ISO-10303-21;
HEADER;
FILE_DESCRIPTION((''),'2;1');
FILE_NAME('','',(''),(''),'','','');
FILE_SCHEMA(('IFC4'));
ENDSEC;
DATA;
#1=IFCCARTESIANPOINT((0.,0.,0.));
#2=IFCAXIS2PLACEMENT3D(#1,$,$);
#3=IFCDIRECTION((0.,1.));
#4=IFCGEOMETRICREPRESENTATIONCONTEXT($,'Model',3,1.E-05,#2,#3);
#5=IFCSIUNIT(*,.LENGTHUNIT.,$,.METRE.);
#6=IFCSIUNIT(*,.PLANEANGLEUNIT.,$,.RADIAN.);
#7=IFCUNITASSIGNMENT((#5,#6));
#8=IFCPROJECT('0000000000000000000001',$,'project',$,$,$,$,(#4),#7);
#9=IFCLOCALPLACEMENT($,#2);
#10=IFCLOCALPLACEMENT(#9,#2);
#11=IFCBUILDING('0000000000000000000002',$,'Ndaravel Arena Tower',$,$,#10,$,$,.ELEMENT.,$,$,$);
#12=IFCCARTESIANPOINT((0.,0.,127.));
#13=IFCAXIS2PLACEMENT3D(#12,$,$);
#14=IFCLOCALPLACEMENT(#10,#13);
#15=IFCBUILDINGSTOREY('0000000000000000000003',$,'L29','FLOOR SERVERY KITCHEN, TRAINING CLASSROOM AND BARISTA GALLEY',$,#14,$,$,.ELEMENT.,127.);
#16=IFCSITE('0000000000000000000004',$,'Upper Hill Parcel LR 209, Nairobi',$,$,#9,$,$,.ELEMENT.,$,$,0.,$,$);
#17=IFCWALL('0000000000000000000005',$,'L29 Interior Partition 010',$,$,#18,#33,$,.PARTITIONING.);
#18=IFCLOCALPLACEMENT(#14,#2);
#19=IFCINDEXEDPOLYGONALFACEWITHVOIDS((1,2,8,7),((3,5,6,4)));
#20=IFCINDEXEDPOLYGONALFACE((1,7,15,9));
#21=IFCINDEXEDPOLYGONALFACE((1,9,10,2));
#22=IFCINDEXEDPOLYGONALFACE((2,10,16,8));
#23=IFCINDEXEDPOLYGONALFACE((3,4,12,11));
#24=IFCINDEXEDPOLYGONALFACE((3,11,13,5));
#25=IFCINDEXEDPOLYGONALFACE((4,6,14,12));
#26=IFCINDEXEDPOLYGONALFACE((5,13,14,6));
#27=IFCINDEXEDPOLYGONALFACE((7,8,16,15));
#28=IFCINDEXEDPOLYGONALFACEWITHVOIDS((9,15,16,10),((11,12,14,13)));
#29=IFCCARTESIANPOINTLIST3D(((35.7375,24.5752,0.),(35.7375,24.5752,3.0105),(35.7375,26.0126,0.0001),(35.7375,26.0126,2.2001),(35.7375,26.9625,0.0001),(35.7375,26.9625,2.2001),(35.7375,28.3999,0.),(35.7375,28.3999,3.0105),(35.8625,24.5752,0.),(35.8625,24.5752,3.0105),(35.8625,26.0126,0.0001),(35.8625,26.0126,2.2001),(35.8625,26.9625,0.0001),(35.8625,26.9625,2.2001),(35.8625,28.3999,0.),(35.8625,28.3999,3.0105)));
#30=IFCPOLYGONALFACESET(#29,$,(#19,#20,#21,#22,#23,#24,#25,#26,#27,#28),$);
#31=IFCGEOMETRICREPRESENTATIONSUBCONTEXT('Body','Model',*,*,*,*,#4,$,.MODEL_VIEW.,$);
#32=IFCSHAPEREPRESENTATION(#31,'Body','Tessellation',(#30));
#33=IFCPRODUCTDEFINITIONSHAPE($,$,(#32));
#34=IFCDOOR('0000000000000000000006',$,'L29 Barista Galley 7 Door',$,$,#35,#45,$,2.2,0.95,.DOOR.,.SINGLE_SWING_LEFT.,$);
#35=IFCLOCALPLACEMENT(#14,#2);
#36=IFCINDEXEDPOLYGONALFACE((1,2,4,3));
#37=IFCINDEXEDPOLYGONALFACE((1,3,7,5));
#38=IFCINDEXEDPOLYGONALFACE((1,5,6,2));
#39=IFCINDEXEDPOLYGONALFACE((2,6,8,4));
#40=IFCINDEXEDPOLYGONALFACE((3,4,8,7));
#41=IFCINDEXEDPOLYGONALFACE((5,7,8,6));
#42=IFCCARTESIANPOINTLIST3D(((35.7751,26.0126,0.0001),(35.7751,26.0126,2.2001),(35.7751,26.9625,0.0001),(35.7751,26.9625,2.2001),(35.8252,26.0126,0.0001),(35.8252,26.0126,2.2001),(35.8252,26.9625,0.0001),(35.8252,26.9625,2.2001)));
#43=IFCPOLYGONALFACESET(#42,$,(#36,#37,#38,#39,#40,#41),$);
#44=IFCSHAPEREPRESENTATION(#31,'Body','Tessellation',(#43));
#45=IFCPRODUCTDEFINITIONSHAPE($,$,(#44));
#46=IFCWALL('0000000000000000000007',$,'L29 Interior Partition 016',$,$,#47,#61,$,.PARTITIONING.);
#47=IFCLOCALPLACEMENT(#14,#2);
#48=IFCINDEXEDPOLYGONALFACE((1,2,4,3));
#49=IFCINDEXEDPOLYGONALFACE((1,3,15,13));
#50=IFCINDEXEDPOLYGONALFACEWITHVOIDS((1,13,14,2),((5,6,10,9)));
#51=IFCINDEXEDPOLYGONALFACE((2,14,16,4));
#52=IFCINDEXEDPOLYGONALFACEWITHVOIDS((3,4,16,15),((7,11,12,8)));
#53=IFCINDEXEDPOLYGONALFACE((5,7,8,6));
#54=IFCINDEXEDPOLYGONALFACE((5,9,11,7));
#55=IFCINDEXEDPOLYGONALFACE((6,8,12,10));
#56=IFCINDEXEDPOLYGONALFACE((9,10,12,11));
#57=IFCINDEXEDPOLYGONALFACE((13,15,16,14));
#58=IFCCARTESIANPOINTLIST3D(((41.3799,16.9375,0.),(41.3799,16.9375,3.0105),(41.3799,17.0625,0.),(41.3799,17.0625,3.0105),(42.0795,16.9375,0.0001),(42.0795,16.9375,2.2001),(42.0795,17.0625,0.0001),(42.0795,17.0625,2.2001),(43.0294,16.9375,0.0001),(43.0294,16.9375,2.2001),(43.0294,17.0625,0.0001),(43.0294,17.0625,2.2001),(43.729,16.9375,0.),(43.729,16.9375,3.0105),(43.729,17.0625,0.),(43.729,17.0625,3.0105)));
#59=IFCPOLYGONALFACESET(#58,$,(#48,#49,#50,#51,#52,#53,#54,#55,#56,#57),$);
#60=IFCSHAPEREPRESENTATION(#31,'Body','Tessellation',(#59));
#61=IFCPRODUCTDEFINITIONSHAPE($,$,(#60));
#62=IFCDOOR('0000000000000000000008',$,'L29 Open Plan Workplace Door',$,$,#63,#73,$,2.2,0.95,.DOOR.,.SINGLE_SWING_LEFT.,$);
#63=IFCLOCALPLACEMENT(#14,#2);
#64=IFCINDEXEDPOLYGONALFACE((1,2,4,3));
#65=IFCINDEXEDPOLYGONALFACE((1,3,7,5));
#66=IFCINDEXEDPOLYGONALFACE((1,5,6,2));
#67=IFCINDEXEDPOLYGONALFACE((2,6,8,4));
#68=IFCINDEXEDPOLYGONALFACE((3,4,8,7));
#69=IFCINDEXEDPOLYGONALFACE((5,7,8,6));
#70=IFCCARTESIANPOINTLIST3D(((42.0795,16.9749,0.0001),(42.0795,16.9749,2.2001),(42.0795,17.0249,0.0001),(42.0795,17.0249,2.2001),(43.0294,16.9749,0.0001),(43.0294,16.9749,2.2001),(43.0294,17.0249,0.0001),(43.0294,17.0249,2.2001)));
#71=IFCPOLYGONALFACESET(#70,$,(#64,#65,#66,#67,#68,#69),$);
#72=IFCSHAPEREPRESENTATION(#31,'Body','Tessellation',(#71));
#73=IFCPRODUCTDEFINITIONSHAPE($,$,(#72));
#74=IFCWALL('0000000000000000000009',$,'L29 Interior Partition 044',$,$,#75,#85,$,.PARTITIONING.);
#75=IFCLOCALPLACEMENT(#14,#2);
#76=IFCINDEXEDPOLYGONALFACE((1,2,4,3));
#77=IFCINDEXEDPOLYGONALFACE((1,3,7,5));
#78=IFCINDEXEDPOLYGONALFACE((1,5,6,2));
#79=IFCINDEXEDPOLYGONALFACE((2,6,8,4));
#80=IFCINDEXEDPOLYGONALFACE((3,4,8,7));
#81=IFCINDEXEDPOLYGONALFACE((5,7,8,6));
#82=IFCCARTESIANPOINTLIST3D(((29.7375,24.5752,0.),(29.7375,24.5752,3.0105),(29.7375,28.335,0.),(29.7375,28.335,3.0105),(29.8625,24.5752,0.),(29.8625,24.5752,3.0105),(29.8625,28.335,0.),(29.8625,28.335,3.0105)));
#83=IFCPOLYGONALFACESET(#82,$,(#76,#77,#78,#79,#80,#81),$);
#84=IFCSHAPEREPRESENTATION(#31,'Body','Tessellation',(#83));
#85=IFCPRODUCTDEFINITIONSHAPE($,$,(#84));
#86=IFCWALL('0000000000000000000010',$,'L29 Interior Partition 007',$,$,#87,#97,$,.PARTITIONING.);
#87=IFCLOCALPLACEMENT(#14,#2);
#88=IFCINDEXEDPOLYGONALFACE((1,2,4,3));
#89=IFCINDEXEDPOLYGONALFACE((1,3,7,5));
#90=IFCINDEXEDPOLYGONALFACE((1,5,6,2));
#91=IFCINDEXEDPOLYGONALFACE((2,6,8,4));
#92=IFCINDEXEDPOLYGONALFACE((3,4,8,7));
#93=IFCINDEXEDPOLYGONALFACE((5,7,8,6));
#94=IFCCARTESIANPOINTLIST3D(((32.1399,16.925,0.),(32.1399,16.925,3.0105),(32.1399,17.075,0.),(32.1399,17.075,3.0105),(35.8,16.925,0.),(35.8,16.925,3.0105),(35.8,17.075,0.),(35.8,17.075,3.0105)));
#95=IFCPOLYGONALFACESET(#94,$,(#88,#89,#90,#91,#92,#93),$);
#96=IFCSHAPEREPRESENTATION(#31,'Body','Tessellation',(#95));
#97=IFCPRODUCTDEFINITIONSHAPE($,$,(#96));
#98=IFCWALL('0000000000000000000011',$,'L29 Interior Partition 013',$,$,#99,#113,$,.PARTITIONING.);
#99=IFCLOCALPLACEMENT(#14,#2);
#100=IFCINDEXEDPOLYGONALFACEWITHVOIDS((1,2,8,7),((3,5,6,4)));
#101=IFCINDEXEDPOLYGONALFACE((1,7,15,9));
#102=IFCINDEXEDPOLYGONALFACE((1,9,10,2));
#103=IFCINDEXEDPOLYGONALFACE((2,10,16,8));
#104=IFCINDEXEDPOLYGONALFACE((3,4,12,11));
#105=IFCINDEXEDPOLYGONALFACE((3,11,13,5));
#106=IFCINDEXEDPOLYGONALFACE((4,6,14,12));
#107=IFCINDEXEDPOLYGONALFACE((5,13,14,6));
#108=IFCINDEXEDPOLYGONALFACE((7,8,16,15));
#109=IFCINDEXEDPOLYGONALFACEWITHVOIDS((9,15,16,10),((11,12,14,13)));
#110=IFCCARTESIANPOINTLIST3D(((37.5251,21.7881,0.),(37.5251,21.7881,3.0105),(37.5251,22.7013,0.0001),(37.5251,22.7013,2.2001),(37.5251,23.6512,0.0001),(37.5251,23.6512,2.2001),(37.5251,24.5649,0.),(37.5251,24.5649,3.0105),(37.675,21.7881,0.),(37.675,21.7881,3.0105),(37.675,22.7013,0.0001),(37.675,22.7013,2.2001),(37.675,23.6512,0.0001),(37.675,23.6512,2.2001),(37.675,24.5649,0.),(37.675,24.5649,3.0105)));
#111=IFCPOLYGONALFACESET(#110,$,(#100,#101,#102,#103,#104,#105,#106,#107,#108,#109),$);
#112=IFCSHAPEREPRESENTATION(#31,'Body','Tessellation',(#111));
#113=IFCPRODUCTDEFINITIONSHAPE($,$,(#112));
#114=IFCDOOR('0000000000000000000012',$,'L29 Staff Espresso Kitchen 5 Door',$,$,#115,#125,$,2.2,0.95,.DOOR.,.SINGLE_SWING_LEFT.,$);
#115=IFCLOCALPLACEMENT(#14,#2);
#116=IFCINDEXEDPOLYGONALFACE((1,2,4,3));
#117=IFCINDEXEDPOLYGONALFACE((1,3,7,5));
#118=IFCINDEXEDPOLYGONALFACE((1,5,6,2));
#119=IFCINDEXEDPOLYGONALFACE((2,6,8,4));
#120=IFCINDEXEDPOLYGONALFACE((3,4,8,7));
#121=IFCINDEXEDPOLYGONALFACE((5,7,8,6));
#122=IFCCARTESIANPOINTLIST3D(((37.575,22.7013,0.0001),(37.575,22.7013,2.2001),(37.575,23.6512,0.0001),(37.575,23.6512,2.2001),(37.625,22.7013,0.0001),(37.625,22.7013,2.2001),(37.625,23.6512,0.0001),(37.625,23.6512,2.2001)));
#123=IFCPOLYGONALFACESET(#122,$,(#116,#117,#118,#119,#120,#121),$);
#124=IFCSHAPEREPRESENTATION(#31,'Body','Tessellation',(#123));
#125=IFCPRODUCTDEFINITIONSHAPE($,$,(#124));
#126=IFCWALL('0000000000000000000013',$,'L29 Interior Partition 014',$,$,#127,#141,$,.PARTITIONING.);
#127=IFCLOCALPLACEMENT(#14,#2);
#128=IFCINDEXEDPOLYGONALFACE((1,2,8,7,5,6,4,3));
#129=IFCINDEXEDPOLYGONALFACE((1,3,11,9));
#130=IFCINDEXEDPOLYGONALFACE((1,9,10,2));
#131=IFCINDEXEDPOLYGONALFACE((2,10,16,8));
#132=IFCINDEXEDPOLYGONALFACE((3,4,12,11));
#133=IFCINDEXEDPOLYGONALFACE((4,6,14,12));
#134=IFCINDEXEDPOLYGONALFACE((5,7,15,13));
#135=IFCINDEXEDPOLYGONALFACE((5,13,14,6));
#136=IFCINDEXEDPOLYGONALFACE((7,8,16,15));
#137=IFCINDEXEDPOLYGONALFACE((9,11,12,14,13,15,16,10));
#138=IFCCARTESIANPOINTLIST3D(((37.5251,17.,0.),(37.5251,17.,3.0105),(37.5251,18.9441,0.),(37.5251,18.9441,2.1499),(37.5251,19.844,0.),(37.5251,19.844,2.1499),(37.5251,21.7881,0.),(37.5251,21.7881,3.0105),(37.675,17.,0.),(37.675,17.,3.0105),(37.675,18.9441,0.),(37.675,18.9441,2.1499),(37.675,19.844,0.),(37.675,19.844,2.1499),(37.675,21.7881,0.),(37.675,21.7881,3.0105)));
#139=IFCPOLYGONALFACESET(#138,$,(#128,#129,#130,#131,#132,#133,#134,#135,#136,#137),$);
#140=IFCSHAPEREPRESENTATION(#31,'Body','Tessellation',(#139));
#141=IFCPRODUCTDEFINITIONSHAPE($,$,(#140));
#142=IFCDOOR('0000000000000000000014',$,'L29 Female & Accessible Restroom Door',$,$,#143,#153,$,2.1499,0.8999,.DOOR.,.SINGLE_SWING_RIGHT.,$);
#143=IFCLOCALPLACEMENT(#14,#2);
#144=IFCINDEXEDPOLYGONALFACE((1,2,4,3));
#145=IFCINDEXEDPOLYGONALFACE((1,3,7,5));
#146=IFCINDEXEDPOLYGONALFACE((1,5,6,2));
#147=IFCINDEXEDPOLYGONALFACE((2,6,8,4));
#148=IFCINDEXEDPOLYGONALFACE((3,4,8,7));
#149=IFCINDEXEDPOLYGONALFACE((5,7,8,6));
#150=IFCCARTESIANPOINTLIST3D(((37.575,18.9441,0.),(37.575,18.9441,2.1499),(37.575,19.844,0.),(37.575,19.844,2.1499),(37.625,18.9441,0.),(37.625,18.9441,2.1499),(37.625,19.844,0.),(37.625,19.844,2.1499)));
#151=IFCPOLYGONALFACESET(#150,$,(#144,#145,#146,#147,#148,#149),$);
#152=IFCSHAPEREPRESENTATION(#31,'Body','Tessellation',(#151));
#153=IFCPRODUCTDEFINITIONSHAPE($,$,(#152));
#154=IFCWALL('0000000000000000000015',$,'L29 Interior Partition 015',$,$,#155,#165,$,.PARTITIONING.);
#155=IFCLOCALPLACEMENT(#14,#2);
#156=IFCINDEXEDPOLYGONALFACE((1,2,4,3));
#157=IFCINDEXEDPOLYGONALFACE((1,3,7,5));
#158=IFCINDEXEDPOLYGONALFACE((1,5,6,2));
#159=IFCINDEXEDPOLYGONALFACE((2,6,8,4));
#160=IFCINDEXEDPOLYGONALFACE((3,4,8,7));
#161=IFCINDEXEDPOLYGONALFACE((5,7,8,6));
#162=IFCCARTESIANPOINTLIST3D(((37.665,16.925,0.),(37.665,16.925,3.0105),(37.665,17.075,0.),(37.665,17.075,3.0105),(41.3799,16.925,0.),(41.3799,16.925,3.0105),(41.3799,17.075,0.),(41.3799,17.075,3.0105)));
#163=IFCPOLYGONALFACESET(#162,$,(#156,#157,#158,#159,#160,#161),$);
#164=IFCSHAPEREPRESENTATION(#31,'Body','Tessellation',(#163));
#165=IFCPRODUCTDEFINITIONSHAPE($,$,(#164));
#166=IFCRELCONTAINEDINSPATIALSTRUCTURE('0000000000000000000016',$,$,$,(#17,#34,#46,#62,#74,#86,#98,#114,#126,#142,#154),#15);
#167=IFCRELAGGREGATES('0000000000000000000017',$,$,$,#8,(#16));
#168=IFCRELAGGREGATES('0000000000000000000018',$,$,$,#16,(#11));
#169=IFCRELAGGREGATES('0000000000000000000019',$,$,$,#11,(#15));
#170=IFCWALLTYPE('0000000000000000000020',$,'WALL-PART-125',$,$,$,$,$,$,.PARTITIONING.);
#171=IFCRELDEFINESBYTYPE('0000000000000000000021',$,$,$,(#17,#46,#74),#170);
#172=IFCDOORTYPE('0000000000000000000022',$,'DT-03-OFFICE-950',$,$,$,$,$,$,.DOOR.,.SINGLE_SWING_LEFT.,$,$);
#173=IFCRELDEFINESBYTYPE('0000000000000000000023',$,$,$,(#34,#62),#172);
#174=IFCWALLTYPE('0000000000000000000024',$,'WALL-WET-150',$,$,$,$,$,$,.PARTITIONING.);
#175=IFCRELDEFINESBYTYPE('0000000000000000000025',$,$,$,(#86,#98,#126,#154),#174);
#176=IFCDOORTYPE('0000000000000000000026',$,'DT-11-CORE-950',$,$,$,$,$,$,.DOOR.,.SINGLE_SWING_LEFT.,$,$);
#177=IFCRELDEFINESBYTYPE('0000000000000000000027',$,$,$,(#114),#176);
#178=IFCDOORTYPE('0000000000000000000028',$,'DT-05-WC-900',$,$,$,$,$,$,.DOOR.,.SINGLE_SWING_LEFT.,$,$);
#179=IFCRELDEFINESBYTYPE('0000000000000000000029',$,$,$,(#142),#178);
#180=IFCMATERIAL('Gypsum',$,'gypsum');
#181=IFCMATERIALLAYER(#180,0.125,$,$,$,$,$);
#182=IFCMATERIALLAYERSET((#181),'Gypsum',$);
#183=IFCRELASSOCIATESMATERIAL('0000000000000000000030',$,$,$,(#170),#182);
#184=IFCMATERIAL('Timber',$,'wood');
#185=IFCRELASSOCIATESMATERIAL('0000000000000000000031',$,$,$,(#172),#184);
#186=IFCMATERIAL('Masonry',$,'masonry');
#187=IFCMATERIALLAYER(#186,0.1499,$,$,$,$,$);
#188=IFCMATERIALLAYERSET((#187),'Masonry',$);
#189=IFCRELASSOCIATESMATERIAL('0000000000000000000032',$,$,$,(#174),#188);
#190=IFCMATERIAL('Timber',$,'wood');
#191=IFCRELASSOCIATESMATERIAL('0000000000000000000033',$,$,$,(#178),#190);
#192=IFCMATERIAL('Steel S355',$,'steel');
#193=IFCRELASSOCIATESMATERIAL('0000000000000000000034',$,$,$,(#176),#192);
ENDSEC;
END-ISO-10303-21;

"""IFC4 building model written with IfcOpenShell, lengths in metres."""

from ifc_helpers import new_model, si_unit, direction, frame, frame_2d, origin, place, context, subcontext, project, spatial, rectangle, extrude, material, layer, layer_set, type_object, element, fill, save


model = new_model("IFC4")

# Units and contexts
model_context = context("Model", 3, precision=1e-05, world=origin(), true_north=direction((0.0, 1.0)))
body_context = subcontext(model_context, "Body", "Model", "MODEL_VIEW")
ifc_project = project(units=[si_unit("LENGTHUNIT", "METRE"), si_unit("PLANEANGLEUNIT", "RADIAN")], contexts=[model_context])

# Site, building, storey
site_placement = place(None, origin())
site = spatial("IfcSite", under=ifc_project, at=site_placement, Name="Upper Hill Parcel LR 209, Nairobi", CompositionType="ELEMENT", RefElevation=0.0)
building_placement = place(site_placement, origin())
building = spatial("IfcBuilding", under=site, at=building_placement, Name="Ndaravel Arena Tower", CompositionType="ELEMENT")
storey_placement = place(building_placement, frame((0.0, 0.0, 127.0)))
storey = spatial("IfcBuildingStorey", under=building, at=storey_placement, Name="L29", Description="FLOOR SERVERY KITCHEN, TRAINING CLASSROOM AND BARISTA GALLEY", CompositionType="ELEMENT", Elevation=127.0)

# Walls, openings, doors
ifc_material_1 = material(Name="Gypsum", Category="gypsum")
ifc_layer_1 = layer(ifc_material_1, 0.125)
ifc_layer_set_1 = layer_set([ifc_layer_1], Name="Gypsum")
wall_type_1 = type_object("IfcWallType", Name="WALL-PART-125", PredefinedType="PARTITIONING", material=ifc_layer_set_1)
wall_1_placement = place(storey_placement, frame((35.8, 24.5752, 0.0), z_axis=(0.0, 0.0, 1.0), x_axis=(0.0, 1.0, 0.0)))
wall_1 = element("IfcWall", 1, at=wall_1_placement, inside=storey, type_object=wall_type_1, Name="L29 Interior Partition 010", PredefinedType="PARTITIONING", context=body_context, shape_type="SweptSolid", body=[
    extrude(rectangle(XDim=3.8247, YDim=0.125, at=frame_2d((1.9124, 0.0))), origin(), (0.0, 0.0, 1.0), 3.0105),
])
opening_1_placement = place(wall_1_placement, frame((1.4373, 0.0, 0.0)))
opening_1 = element("IfcOpeningElement", 2, at=opening_1_placement, cuts=wall_1, PredefinedType="OPENING", context=body_context, shape_type="SweptSolid", body=[
    extrude(rectangle(XDim=0.95, YDim=2.2, at=frame_2d((0.4751, 1.1001))), frame((0.0, 0.0625, 0.0), z_axis=(0.0, -1.0, 0.0), x_axis=(1.0, 0.0, 0.0)), (0.0, 0.0, 1.0), 0.125),
])
ifc_material_2 = material(Name="Timber", Category="wood")
door_type_1 = type_object("IfcDoorType", Name="DT-03-OFFICE-950", OperationType="SINGLE_SWING_LEFT", PredefinedType="DOOR", material=ifc_material_2)
door_1_placement = place(opening_1_placement, origin())
door_1 = element("IfcDoor", 3, at=door_1_placement, inside=storey, type_object=door_type_1, Name="L29 Barista Galley 7 Door", OperationType="SINGLE_SWING_LEFT", OverallHeight=2.2, OverallWidth=0.95, PredefinedType="DOOR", context=body_context, shape_type="SweptSolid", body=[
    extrude(rectangle(XDim=0.95, YDim=2.2, at=frame_2d((0.4751, 1.1001))), frame((0.0, 0.0249, 0.0), z_axis=(0.0, -1.0, 0.0), x_axis=(1.0, 0.0, 0.0)), (0.0, 0.0, 1.0), 0.05),
])
fill(opening_1, door_1)
wall_2_placement = place(storey_placement, frame((41.3799, 17.0, 0.0), z_axis=(0.0, 0.0, 1.0), x_axis=(1.0, 0.0, 0.0)))
wall_2 = element("IfcWall", 4, at=wall_2_placement, inside=storey, type_object=wall_type_1, Name="L29 Interior Partition 016", PredefinedType="PARTITIONING", context=body_context, shape_type="SweptSolid", body=[
    extrude(rectangle(XDim=2.3491, YDim=0.125, at=frame_2d((1.1746, 0.0))), origin(), (0.0, 0.0, 1.0), 3.0105),
])
opening_2_placement = place(wall_2_placement, frame((0.6995, 0.0, 0.0)))
opening_2 = element("IfcOpeningElement", 5, at=opening_2_placement, cuts=wall_2, PredefinedType="OPENING", context=body_context, shape_type="SweptSolid", body=[
    extrude(rectangle(XDim=0.95, YDim=2.2, at=frame_2d((0.4751, 1.1001))), frame((0.0, 0.0625, 0.0), z_axis=(0.0, -1.0, 0.0), x_axis=(1.0, 0.0, 0.0)), (0.0, 0.0, 1.0), 0.125),
])
door_2_placement = place(opening_2_placement, origin())
door_2 = element("IfcDoor", 6, at=door_2_placement, inside=storey, type_object=door_type_1, Name="L29 Open Plan Workplace Door", OperationType="SINGLE_SWING_LEFT", OverallHeight=2.2, OverallWidth=0.95, PredefinedType="DOOR", context=body_context, shape_type="SweptSolid", body=[
    extrude(rectangle(XDim=0.95, YDim=2.2, at=frame_2d((0.4751, 1.1001))), frame((0.0, 0.0249, 0.0), z_axis=(0.0, -1.0, 0.0), x_axis=(1.0, 0.0, 0.0)), (0.0, 0.0, 1.0), 0.05),
])
fill(opening_2, door_2)

# Walls
wall_3_placement = place(storey_placement, frame((29.8, 28.335, 0.0), z_axis=(0.0, 0.0, 1.0), x_axis=(0.0, -1.0, 0.0)))
element("IfcWall", 7, at=wall_3_placement, inside=storey, type_object=wall_type_1, Name="L29 Interior Partition 044", PredefinedType="PARTITIONING", context=body_context, shape_type="SweptSolid", body=[
    extrude(rectangle(XDim=3.7598, YDim=0.125, at=frame_2d((1.8799, 0.0))), origin(), (0.0, 0.0, 1.0), 3.0105),
])
ifc_material_3 = material(Name="Masonry", Category="masonry")
ifc_layer_2 = layer(ifc_material_3, 0.1499)
ifc_layer_set_2 = layer_set([ifc_layer_2], Name="Masonry")
wall_type_2 = type_object("IfcWallType", Name="WALL-WET-150", PredefinedType="PARTITIONING", material=ifc_layer_set_2)
wall_4_placement = place(storey_placement, frame((32.1399, 17.0, 0.0), z_axis=(0.0, 0.0, 1.0), x_axis=(1.0, 0.0, 0.0)))
element("IfcWall", 8, at=wall_4_placement, inside=storey, type_object=wall_type_2, Name="L29 Interior Partition 007", PredefinedType="PARTITIONING", context=body_context, shape_type="SweptSolid", body=[
    extrude(rectangle(XDim=3.6602, YDim=0.1499, at=frame_2d((1.8301, 0.0))), origin(), (0.0, 0.0, 1.0), 3.0105),
])

# Walls, openings, doors
ifc_material_4 = material(Name="Timber", Category="wood")
door_type_2 = type_object("IfcDoorType", Name="DT-05-WC-900", OperationType="SINGLE_SWING_LEFT", PredefinedType="DOOR", material=ifc_material_4)
wall_5_placement = place(storey_placement, frame((37.6001, 24.5649, 0.0), z_axis=(0.0, 0.0, 1.0), x_axis=(0.0, -1.0, 0.0)))
wall_5 = element("IfcWall", 9, at=wall_5_placement, inside=storey, type_object=wall_type_2, Name="L29 Interior Partition 013", PredefinedType="PARTITIONING", context=body_context, shape_type="SweptSolid", body=[
    extrude(rectangle(XDim=2.7769, YDim=0.1499, at=frame_2d((1.3884, 0.0))), origin(), (0.0, 0.0, 1.0), 3.0105),
])
opening_3_placement = place(wall_5_placement, frame((0.9136, 0.0, 0.0)))
opening_3 = element("IfcOpeningElement", 10, at=opening_3_placement, cuts=wall_5, PredefinedType="OPENING", context=body_context, shape_type="SweptSolid", body=[
    extrude(rectangle(XDim=0.95, YDim=2.2, at=frame_2d((0.4751, 1.1001))), frame((0.0, 0.075, 0.0), z_axis=(0.0, -1.0, 0.0), x_axis=(1.0, 0.0, 0.0)), (0.0, 0.0, 1.0), 0.1499),
])
ifc_material_5 = material(Name="Steel S355", Category="steel")
door_type_3 = type_object("IfcDoorType", Name="DT-11-CORE-950", OperationType="SINGLE_SWING_LEFT", PredefinedType="DOOR", material=ifc_material_5)
door_3_placement = place(opening_3_placement, origin())
door_3 = element("IfcDoor", 11, at=door_3_placement, inside=storey, type_object=door_type_3, Name="L29 Staff Espresso Kitchen 5 Door", OperationType="SINGLE_SWING_LEFT", OverallHeight=2.2, OverallWidth=0.95, PredefinedType="DOOR", context=body_context, shape_type="SweptSolid", body=[
    extrude(rectangle(XDim=0.95, YDim=2.2, at=frame_2d((0.4751, 1.1001))), frame((0.0, 0.0249, 0.0), z_axis=(0.0, -1.0, 0.0), x_axis=(1.0, 0.0, 0.0)), (0.0, 0.0, 1.0), 0.05),
])
fill(opening_3, door_3)
wall_6_placement = place(storey_placement, frame((37.6001, 21.7881, 0.0), z_axis=(0.0, 0.0, 1.0), x_axis=(0.0, -1.0, 0.0)))
wall_6 = element("IfcWall", 12, at=wall_6_placement, inside=storey, type_object=wall_type_2, Name="L29 Interior Partition 014", PredefinedType="PARTITIONING", context=body_context, shape_type="SweptSolid", body=[
    extrude(rectangle(XDim=4.7881, YDim=0.1499, at=frame_2d((2.394, 0.0))), origin(), (0.0, 0.0, 1.0), 3.0105),
])
opening_4_placement = place(wall_6_placement, frame((1.9441, 0.0, 0.0)))
opening_4 = element("IfcOpeningElement", 13, at=opening_4_placement, cuts=wall_6, PredefinedType="OPENING", context=body_context, shape_type="SweptSolid", body=[
    extrude(rectangle(XDim=0.8999, YDim=2.1499, at=frame_2d((0.45, 1.075))), frame((0.0, 0.075, 0.0), z_axis=(0.0, -1.0, 0.0), x_axis=(1.0, 0.0, 0.0)), (0.0, 0.0, 1.0), 0.1499),
])
door_4_placement = place(opening_4_placement, origin())
door_4 = element("IfcDoor", 14, at=door_4_placement, inside=storey, type_object=door_type_2, Name="L29 Female & Accessible Restroom Door", OperationType="SINGLE_SWING_RIGHT", OverallHeight=2.1499, OverallWidth=0.8999, PredefinedType="DOOR", context=body_context, shape_type="SweptSolid", body=[
    extrude(rectangle(XDim=0.8999, YDim=2.1499, at=frame_2d((0.45, 1.075))), frame((0.0, 0.0249, 0.0), z_axis=(0.0, -1.0, 0.0), x_axis=(1.0, 0.0, 0.0)), (0.0, 0.0, 1.0), 0.05),
])
fill(opening_4, door_4)

# Wall
wall_7_placement = place(storey_placement, frame((37.665, 17.0, 0.0), z_axis=(0.0, 0.0, 1.0), x_axis=(1.0, 0.0, 0.0)))
element("IfcWall", 15, at=wall_7_placement, inside=storey, type_object=wall_type_2, Name="L29 Interior Partition 015", PredefinedType="PARTITIONING", context=body_context, shape_type="SweptSolid", body=[
    extrude(rectangle(XDim=3.7148, YDim=0.1499, at=frame_2d((1.8574, 0.0))), origin(), (0.0, 0.0, 1.0), 3.0105),
])

save(model, "model.ifc")
